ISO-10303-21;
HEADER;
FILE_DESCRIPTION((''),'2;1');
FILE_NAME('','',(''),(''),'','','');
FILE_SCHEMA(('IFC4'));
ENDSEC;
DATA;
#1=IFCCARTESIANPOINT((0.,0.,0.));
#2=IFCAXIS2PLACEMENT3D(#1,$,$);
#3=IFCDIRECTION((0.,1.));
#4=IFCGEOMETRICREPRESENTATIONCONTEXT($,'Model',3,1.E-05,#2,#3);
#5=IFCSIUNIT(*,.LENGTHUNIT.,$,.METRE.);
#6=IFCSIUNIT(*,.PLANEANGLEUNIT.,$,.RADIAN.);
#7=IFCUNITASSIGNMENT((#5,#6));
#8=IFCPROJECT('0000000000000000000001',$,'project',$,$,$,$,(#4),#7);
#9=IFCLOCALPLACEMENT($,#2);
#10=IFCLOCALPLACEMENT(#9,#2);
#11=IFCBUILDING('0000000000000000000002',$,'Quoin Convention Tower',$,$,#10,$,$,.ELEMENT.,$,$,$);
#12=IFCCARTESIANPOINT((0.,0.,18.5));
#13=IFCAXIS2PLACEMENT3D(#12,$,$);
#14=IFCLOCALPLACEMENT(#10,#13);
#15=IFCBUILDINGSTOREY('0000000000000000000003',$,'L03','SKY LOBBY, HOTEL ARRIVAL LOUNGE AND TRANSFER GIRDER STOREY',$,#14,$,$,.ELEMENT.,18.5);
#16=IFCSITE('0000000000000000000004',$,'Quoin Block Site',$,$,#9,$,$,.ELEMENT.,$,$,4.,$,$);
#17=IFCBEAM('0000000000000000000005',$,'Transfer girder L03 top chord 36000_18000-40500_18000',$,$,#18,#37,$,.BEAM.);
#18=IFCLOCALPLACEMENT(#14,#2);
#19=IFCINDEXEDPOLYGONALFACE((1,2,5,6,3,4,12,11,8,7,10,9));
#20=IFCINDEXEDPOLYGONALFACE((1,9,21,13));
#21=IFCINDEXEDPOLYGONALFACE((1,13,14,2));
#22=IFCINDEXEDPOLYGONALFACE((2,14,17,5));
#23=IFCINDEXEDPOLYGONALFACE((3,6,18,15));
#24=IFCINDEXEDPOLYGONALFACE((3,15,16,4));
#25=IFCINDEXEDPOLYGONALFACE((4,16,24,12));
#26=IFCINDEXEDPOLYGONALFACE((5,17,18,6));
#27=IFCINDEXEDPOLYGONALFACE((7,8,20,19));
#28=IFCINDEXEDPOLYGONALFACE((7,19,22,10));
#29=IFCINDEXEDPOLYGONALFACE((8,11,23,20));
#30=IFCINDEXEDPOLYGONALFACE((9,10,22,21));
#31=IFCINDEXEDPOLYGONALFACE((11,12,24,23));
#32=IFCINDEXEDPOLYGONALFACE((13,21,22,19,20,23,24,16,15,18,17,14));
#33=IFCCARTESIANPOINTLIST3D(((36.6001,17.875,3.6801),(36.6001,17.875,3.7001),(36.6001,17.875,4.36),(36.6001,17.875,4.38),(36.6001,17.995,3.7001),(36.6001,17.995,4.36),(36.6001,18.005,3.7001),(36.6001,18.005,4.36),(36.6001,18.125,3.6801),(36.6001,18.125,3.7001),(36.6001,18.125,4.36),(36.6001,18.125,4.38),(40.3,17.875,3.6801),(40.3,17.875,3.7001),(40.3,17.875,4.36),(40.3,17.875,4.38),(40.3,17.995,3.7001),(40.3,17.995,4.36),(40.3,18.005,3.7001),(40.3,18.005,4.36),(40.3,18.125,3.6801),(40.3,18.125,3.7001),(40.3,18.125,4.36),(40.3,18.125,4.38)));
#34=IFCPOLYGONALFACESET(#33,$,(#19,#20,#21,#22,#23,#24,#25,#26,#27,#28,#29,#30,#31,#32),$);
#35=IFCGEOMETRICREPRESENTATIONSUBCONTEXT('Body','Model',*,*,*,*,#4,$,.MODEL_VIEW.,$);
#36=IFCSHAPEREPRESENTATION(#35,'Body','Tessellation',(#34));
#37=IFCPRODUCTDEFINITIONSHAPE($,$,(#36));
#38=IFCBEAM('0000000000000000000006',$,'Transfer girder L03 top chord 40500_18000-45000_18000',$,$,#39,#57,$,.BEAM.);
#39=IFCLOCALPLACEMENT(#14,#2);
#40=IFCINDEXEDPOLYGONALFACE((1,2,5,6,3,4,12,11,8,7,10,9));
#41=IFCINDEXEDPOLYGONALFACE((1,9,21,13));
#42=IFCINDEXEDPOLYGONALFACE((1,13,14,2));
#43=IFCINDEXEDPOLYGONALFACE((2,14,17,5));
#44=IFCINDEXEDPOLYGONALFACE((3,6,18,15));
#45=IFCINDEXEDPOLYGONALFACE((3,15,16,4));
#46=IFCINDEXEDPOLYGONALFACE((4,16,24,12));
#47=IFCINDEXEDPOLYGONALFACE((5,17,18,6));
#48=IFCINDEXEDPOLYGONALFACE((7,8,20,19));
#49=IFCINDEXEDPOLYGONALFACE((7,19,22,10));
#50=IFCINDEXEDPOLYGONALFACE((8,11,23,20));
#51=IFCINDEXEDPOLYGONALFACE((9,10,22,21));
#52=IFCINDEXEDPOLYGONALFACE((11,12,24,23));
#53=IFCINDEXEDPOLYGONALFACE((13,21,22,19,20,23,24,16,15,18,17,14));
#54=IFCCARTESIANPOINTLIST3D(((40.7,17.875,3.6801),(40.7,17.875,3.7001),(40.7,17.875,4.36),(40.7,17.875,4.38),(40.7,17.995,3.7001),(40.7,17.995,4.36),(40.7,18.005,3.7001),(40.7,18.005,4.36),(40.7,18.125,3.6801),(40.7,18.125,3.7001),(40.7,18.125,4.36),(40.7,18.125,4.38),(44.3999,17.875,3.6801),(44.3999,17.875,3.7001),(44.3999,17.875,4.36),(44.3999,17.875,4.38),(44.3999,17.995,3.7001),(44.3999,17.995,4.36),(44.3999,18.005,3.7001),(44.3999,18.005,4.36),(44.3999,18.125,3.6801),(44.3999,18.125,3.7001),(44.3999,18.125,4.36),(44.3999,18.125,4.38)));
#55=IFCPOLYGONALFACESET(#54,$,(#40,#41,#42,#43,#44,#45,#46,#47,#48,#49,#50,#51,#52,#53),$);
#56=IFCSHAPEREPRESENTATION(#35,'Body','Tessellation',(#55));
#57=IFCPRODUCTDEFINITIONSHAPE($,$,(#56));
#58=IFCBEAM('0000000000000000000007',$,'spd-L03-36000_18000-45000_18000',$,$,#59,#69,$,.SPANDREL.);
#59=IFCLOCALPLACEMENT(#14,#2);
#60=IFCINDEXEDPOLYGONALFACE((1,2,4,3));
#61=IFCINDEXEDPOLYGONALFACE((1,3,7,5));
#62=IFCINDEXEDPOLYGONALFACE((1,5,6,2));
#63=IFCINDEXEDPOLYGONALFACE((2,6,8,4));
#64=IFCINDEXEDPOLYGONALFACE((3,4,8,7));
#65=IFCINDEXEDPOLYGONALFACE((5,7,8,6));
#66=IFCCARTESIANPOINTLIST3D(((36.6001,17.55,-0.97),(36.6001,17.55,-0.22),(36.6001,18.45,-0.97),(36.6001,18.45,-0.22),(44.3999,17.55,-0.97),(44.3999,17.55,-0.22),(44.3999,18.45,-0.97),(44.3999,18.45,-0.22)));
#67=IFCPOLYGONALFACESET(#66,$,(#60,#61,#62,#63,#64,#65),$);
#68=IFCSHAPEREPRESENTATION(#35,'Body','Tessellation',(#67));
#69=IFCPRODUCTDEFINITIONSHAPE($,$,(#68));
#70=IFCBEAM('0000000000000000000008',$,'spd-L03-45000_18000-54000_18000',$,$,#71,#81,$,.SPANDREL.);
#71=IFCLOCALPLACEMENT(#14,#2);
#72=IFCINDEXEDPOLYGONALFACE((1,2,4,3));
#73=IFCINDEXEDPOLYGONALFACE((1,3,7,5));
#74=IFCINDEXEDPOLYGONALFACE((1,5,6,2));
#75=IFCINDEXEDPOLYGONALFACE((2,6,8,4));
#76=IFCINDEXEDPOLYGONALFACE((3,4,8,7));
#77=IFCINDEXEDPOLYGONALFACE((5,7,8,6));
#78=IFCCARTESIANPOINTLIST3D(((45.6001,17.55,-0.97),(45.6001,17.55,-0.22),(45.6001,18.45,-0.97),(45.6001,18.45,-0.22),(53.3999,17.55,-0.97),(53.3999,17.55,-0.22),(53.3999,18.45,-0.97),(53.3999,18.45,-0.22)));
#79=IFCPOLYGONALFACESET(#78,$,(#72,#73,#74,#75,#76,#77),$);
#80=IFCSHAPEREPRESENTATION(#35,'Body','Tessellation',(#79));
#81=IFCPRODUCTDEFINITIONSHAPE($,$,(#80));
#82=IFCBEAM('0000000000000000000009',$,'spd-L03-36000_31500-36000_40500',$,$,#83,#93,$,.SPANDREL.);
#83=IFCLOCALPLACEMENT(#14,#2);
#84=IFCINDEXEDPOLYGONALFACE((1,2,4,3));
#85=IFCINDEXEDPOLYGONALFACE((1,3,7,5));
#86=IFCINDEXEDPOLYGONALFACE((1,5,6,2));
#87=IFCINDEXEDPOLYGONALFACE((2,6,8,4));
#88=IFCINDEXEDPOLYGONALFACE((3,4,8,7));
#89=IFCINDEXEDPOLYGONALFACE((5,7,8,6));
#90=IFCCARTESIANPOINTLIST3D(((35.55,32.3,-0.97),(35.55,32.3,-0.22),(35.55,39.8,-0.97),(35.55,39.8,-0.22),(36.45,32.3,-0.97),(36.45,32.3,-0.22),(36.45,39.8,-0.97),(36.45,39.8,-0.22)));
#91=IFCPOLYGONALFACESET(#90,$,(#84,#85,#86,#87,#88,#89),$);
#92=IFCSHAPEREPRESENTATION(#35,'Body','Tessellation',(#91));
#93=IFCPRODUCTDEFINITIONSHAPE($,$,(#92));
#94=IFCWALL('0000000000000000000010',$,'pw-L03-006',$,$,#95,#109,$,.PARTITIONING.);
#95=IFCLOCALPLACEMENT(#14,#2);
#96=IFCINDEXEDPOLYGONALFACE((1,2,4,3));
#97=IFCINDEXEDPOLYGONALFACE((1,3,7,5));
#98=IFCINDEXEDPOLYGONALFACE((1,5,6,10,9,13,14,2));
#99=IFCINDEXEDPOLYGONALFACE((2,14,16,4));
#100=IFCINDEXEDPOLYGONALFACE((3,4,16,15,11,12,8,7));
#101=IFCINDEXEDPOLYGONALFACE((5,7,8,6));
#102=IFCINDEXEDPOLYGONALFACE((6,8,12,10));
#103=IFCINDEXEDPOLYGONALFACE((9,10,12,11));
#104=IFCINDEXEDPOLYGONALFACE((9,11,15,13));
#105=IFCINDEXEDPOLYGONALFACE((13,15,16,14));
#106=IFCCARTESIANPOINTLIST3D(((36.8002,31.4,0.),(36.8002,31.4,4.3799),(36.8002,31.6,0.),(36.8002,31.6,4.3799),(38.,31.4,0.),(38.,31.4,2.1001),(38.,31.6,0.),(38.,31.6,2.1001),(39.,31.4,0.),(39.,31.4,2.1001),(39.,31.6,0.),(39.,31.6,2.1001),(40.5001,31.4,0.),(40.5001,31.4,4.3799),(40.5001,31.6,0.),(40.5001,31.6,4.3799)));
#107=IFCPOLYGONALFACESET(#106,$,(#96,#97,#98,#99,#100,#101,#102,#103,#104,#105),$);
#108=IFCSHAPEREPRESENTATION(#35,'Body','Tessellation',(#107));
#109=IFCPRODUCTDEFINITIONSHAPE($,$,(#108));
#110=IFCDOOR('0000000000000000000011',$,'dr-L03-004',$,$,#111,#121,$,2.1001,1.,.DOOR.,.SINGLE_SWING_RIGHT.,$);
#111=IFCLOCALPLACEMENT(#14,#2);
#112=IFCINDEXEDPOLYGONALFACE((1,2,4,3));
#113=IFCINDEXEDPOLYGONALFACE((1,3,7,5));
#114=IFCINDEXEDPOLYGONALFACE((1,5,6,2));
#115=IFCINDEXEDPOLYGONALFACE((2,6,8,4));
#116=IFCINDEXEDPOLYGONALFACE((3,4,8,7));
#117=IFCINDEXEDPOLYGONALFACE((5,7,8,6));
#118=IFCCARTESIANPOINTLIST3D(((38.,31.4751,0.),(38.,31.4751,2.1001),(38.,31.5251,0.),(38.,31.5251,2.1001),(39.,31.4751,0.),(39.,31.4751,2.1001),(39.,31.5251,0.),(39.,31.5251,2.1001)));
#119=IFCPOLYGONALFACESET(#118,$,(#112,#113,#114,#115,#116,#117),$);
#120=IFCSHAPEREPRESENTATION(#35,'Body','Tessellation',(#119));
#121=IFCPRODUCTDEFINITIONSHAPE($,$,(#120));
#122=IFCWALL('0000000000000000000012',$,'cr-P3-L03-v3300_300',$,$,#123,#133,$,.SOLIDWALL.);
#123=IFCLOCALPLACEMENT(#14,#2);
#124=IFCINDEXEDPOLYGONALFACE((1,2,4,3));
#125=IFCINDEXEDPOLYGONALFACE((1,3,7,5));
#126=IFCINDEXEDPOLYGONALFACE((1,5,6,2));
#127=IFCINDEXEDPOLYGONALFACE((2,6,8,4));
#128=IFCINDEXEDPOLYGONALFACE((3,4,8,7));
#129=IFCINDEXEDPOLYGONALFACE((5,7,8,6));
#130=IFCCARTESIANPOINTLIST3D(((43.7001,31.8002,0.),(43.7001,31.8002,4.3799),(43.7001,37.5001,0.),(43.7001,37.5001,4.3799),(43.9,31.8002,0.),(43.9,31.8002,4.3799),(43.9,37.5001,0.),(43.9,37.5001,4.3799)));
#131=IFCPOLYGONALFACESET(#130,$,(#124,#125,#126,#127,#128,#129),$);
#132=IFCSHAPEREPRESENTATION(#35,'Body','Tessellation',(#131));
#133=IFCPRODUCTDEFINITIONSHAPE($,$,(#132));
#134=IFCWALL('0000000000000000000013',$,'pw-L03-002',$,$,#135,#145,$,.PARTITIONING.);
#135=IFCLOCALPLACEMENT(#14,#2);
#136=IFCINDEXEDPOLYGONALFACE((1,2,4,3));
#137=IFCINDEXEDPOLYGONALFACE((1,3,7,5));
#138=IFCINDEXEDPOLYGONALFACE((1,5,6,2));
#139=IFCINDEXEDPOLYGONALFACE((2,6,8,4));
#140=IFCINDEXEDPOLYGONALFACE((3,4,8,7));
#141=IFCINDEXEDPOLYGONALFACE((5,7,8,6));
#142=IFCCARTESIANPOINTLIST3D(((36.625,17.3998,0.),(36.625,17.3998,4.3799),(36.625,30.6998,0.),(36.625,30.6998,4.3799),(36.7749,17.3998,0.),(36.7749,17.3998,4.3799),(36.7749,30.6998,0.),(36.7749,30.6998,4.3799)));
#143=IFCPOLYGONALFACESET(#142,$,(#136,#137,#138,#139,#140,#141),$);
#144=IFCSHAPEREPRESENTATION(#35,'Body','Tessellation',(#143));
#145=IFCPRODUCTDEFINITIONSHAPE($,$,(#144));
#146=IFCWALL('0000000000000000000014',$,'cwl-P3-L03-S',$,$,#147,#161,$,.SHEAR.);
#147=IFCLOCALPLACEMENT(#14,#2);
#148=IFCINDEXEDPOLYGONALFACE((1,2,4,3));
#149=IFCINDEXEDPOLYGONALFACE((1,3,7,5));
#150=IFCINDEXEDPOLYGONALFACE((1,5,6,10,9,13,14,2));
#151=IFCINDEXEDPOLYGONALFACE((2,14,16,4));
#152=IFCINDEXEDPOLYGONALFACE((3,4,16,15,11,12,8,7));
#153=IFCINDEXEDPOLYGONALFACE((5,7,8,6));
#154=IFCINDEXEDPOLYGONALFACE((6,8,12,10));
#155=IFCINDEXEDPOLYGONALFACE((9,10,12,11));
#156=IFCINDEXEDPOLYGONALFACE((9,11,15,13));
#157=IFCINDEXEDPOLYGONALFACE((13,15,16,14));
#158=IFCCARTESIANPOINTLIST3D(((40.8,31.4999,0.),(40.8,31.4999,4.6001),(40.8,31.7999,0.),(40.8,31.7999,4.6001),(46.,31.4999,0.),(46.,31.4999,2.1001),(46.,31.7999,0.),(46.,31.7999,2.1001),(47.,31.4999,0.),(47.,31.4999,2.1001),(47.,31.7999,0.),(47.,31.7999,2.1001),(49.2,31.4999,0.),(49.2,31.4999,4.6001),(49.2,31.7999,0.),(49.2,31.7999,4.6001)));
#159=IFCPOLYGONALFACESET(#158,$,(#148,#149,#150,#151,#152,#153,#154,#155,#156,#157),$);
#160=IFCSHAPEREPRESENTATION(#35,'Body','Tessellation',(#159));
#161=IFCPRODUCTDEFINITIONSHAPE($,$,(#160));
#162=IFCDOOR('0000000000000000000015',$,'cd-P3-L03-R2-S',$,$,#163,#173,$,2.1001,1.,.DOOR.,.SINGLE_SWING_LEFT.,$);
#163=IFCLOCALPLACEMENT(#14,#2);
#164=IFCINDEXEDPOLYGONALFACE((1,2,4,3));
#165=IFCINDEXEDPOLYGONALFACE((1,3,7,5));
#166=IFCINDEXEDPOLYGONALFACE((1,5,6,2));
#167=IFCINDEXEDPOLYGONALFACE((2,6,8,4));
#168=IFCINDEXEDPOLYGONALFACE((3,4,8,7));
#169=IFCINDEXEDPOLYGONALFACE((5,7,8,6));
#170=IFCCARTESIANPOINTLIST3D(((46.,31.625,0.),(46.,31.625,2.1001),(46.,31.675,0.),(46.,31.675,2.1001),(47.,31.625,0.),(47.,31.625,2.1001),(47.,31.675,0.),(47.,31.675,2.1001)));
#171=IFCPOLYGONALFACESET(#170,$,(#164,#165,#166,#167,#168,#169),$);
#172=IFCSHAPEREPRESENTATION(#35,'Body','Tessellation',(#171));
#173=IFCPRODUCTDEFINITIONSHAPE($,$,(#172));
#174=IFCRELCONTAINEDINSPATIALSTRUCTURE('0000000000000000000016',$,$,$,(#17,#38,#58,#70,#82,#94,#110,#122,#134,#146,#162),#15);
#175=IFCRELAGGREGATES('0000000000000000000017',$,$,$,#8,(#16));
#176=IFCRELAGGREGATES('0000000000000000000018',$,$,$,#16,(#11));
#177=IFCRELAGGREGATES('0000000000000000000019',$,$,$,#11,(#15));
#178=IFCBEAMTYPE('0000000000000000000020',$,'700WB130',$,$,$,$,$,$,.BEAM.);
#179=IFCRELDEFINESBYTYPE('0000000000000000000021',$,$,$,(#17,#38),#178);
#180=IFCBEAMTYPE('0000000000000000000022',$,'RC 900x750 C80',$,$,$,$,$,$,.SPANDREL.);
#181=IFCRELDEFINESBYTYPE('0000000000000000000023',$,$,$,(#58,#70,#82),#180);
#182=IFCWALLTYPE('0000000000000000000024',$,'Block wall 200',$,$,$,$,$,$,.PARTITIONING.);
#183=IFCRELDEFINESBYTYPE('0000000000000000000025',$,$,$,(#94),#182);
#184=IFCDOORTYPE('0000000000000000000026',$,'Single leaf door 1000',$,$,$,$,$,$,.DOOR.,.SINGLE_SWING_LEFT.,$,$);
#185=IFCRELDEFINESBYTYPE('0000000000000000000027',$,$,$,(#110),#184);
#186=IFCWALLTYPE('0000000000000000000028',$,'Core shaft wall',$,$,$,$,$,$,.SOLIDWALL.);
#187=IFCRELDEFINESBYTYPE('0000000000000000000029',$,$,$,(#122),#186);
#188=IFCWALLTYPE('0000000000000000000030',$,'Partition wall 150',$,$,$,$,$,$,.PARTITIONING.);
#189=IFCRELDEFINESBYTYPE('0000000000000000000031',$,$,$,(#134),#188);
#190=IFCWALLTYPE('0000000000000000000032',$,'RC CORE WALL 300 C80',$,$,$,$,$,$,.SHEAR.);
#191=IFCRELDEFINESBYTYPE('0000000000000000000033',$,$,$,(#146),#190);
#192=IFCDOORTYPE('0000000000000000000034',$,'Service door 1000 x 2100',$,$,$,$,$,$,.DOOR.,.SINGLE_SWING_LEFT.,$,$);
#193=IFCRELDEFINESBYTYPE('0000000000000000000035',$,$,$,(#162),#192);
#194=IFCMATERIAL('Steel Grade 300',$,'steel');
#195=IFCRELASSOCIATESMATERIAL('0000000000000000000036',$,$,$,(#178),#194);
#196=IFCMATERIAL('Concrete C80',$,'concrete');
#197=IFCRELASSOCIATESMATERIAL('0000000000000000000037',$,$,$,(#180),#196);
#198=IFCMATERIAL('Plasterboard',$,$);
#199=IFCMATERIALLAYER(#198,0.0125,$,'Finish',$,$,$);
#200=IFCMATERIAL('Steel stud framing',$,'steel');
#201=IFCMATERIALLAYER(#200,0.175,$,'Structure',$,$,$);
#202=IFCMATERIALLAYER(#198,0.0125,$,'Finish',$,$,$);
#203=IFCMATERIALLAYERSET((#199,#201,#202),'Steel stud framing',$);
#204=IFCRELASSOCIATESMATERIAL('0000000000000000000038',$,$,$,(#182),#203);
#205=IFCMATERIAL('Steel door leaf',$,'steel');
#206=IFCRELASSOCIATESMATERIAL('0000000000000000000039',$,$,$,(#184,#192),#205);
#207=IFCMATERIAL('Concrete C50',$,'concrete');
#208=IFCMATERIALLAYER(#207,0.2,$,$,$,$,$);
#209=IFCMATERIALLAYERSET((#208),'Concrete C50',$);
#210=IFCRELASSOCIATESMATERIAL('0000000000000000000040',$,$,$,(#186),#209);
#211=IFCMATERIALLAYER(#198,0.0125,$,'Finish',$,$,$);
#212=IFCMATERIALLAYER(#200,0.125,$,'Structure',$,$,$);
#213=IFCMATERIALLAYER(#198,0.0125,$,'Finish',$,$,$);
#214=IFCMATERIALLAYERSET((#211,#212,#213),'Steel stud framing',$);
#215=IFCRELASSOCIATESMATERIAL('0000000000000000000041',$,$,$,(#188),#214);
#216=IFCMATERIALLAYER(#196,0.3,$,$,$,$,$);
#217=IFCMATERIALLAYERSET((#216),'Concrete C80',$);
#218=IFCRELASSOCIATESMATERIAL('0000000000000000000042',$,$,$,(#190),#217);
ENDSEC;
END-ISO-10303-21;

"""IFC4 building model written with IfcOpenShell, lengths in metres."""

from ifc_helpers import new_model, si_unit, direction, frame, frame_2d, origin, origin_2d, place, context, subcontext, project, spatial, rectangle, i_section, extrude, material, layer, layer_set, material_profile, profile_set, type_object, element, fill, save


model = new_model("IFC4")

# Units and contexts
model_context = context("Model", 3, precision=1e-05, world=origin(), true_north=direction((0.0, 1.0)))
body_context = subcontext(model_context, "Body", "Model", "MODEL_VIEW")
ifc_project = project(units=[si_unit("LENGTHUNIT", "METRE"), si_unit("PLANEANGLEUNIT", "RADIAN")], contexts=[model_context])

# Site, building, storey
site_placement = place(None, origin())
site = spatial("IfcSite", under=ifc_project, at=site_placement, Name="Quoin Block Site", CompositionType="ELEMENT", RefElevation=4.0)
building_placement = place(site_placement, origin())
building = spatial("IfcBuilding", under=site, at=building_placement, Name="Quoin Convention Tower", CompositionType="ELEMENT")
storey_placement = place(building_placement, frame((0.0, 0.0, 18.5)))
storey = spatial("IfcBuildingStorey", under=building, at=storey_placement, Name="L03", Description="SKY LOBBY, HOTEL ARRIVAL LOUNGE AND TRANSFER GIRDER STOREY", CompositionType="ELEMENT", Elevation=18.5)

# Shared definitions
ifc_material_1 = material(Name="Concrete C80", Category="concrete")

# Shared definitions
ifc_material_2 = material(Name="Steel Grade 300", Category="steel")

# Beams
ifc_material_profile_1 = material_profile(ifc_material_2, i_section(OverallWidth=0.25, OverallDepth=0.7, WebThickness=0.01, FlangeThickness=0.02, at=origin_2d()), Name="700WB130")
ifc_profile_set_1 = profile_set([ifc_material_profile_1], Name="Steel Grade 300")
beam_type_1 = type_object("IfcBeamType", Name="700WB130", PredefinedType="BEAM", material=ifc_profile_set_1)
for number, where, z_axis, x_axis, name in (
    (1, (36.6001, 18.0, 4.03), (1.0, 0.0, 0.0), (0.0, 1.0, 0.0), "Transfer girder L03 top chord 36000_18000-40500_18000"),
    (2, (40.7, 18.0, 4.03), (1.0, 0.0, 0.0), (0.0, 1.0, 0.0), "Transfer girder L03 top chord 40500_18000-45000_18000"),
):
    element("IfcBeam", number, at=place(storey_placement, frame(where, z_axis=z_axis, x_axis=x_axis)), inside=storey, type_object=beam_type_1, Name=name, PredefinedType="BEAM", context=body_context, shape_type="SweptSolid", body=[
        extrude(i_section(OverallWidth=0.25, OverallDepth=0.7, WebThickness=0.01, FlangeThickness=0.02, at=origin_2d()), origin(), (0.0, 0.0, 1.0), 3.7),
    ])
ifc_material_profile_2 = material_profile(ifc_material_1, rectangle(XDim=0.8999, YDim=0.75, at=origin_2d()), Name="RC 900x750")
ifc_profile_set_2 = profile_set([ifc_material_profile_2], Name="Concrete C80")
beam_type_2 = type_object("IfcBeamType", Name="RC 900x750 C80", PredefinedType="SPANDREL", material=ifc_profile_set_2)
for number, where, z_axis, x_axis, name in (
    (3, (36.6001, 18.0, -0.595), (1.0, 0.0, 0.0), (0.0, 1.0, 0.0), "spd-L03-36000_18000-45000_18000"),
    (4, (45.6001, 18.0, -0.595), (1.0, 0.0, 0.0), (0.0, 1.0, 0.0), "spd-L03-45000_18000-54000_18000"),
):
    element("IfcBeam", number, at=place(storey_placement, frame(where, z_axis=z_axis, x_axis=x_axis)), inside=storey, type_object=beam_type_2, Name=name, PredefinedType="SPANDREL", context=body_context, shape_type="SweptSolid", body=[
        extrude(rectangle(XDim=0.8999, YDim=0.75, at=origin_2d()), origin(), (0.0, 0.0, 1.0), 7.7998),
    ])
beam_1_placement = place(storey_placement, frame((36.0, 32.3, -0.595), z_axis=(0.0, 1.0, 0.0), x_axis=(-1.0, 0.0, 0.0)))
element("IfcBeam", 5, at=beam_1_placement, inside=storey, type_object=beam_type_2, Name="spd-L03-36000_31500-36000_40500", PredefinedType="SPANDREL", context=body_context, shape_type="SweptSolid", body=[
    extrude(rectangle(XDim=0.8999, YDim=0.75, at=origin_2d()), origin(), (0.0, 0.0, 1.0), 7.5),
])

# Wall, opening, door
ifc_material_3 = material(Name="Plasterboard")
ifc_layer_1 = layer(ifc_material_3, 0.0125, Name="Finish")
ifc_material_4 = material(Name="Steel stud framing", Category="steel")
ifc_layer_2 = layer(ifc_material_4, 0.175, Name="Structure")
ifc_layer_3 = layer(ifc_material_3, 0.0125, Name="Finish")
ifc_layer_set_1 = layer_set([ifc_layer_1, ifc_layer_2, ifc_layer_3], Name="Steel stud framing")
wall_type_1 = type_object("IfcWallType", Name="Block wall 200", PredefinedType="PARTITIONING", material=ifc_layer_set_1)
wall_1_placement = place(storey_placement, frame((36.8, 31.5, 0.0), z_axis=(0.0, 0.0, 1.0), x_axis=(1.0, 0.0, 0.0)))
wall_1 = element("IfcWall", 6, at=wall_1_placement, inside=storey, type_object=wall_type_1, Name="pw-L03-006", PredefinedType="PARTITIONING", context=body_context, shape_type="SweptSolid", body=[
    extrude(rectangle(XDim=3.7, YDim=0.2, at=frame_2d((1.8501, 0.0))), origin(), (0.0, 0.0, 1.0), 4.3799),
])
opening_1_placement = place(wall_1_placement, frame((1.2, 0.0, 0.0)))
opening_1 = element("IfcOpeningElement", 7, at=opening_1_placement, cuts=wall_1, PredefinedType="OPENING", context=body_context, shape_type="SweptSolid", body=[
    extrude(rectangle(XDim=1.0, YDim=2.1001, at=frame_2d((0.5, 1.05))), frame((0.0, 0.1099, 0.0), z_axis=(0.0, -1.0, 0.0), x_axis=(1.0, 0.0, 0.0)), (0.0, 0.0, 1.0), 0.22),
])
ifc_material_5 = material(Name="Steel door leaf", Category="steel")
door_type_1 = type_object("IfcDoorType", Name="Single leaf door 1000", OperationType="SINGLE_SWING_LEFT", PredefinedType="DOOR", material=ifc_material_5)
door_1_placement = place(opening_1_placement, frame((1.0, 0.0, 0.0), z_axis=(0.0, 0.0, 1.0), x_axis=(-1.0, 0.0, 0.0)))
door_1 = element("IfcDoor", 8, at=door_1_placement, inside=storey, type_object=door_type_1, Name="dr-L03-004", OperationType="SINGLE_SWING_RIGHT", OverallHeight=2.1001, OverallWidth=1.0, PredefinedType="DOOR", context=body_context, shape_type="SweptSolid", body=[
    extrude(rectangle(XDim=1.0, YDim=2.1001, at=frame_2d((0.5, 1.05))), frame((0.0, 0.0249, 0.0), z_axis=(0.0, -1.0, 0.0), x_axis=(1.0, 0.0, 0.0)), (0.0, 0.0, 1.0), 0.05),
])
fill(opening_1, door_1)

# Walls
ifc_material_6 = material(Name="Concrete C50", Category="concrete")
ifc_layer_4 = layer(ifc_material_6, 0.2)
ifc_layer_set_2 = layer_set([ifc_layer_4], Name="Concrete C50")
wall_type_2 = type_object("IfcWallType", Name="Core shaft wall", PredefinedType="SOLIDWALL", material=ifc_layer_set_2)
wall_2_placement = place(storey_placement, frame((43.8, 31.8, 0.0), z_axis=(0.0, 0.0, 1.0), x_axis=(0.0, 1.0, 0.0)))
element("IfcWall", 9, at=wall_2_placement, inside=storey, type_object=wall_type_2, Name="cr-P3-L03-v3300_300", PredefinedType="SOLIDWALL", context=body_context, shape_type="SweptSolid", body=[
    extrude(rectangle(XDim=5.7, YDim=0.2, at=frame_2d((2.8501, 0.0))), origin(), (0.0, 0.0, 1.0), 4.3799),
])
ifc_layer_5 = layer(ifc_material_3, 0.0125, Name="Finish")
ifc_layer_6 = layer(ifc_material_4, 0.125, Name="Structure")
ifc_layer_7 = layer(ifc_material_3, 0.0125, Name="Finish")
ifc_layer_set_3 = layer_set([ifc_layer_5, ifc_layer_6, ifc_layer_7], Name="Steel stud framing")
wall_type_3 = type_object("IfcWallType", Name="Partition wall 150", PredefinedType="PARTITIONING", material=ifc_layer_set_3)
wall_3_placement = place(storey_placement, frame((36.7, 17.3999, 0.0), z_axis=(0.0, 0.0, 1.0), x_axis=(0.0, 1.0, 0.0)))
element("IfcWall", 10, at=wall_3_placement, inside=storey, type_object=wall_type_3, Name="pw-L03-002", PredefinedType="PARTITIONING", context=body_context, shape_type="SweptSolid", body=[
    extrude(rectangle(XDim=13.3, YDim=0.1499, at=frame_2d((6.6499, 0.0))), origin(), (0.0, 0.0, 1.0), 4.3799),
])

# Wall, opening, door
ifc_layer_8 = layer(ifc_material_1, 0.3)
ifc_layer_set_4 = layer_set([ifc_layer_8], Name="Concrete C80")
wall_type_4 = type_object("IfcWallType", Name="RC CORE WALL 300 C80", PredefinedType="SHEAR", material=ifc_layer_set_4)
wall_4_placement = place(storey_placement, frame((40.8, 31.6499, 0.0), z_axis=(0.0, 0.0, 1.0), x_axis=(1.0, 0.0, 0.0)))
wall_4 = element("IfcWall", 11, at=wall_4_placement, inside=storey, type_object=wall_type_4, Name="cwl-P3-L03-S", PredefinedType="SHEAR", context=body_context, shape_type="SweptSolid", body=[
    extrude(rectangle(XDim=8.3999, YDim=0.3, at=frame_2d((4.2, 0.0))), origin(), (0.0, 0.0, 1.0), 4.6001),
])
opening_2_placement = place(wall_4_placement, frame((5.2, 0.0, 0.0)))
opening_2 = element("IfcOpeningElement", 12, at=opening_2_placement, cuts=wall_4, PredefinedType="OPENING", context=body_context, shape_type="SweptSolid", body=[
    extrude(rectangle(XDim=1.0, YDim=2.1001, at=frame_2d((0.5, 1.05))), frame((0.0, 0.1599, 0.0), z_axis=(0.0, -1.0, 0.0), x_axis=(1.0, 0.0, 0.0)), (0.0, 0.0, 1.0), 0.3201),
])
door_type_2 = type_object("IfcDoorType", Name="Service door 1000 x 2100", OperationType="SINGLE_SWING_LEFT", PredefinedType="DOOR", material=ifc_material_5)
door_2_placement = place(opening_2_placement, frame((1.0, 0.0, 0.0), z_axis=(0.0, 0.0, 1.0), x_axis=(-1.0, 0.0, 0.0)))
door_2 = element("IfcDoor", 13, at=door_2_placement, inside=storey, type_object=door_type_2, Name="cd-P3-L03-R2-S", OperationType="SINGLE_SWING_LEFT", OverallHeight=2.1001, OverallWidth=1.0, PredefinedType="DOOR", context=body_context, shape_type="SweptSolid", body=[
    extrude(rectangle(XDim=1.0, YDim=2.1001, at=frame_2d((0.5, 1.05))), frame((0.0, 0.0249, 0.0), z_axis=(0.0, -1.0, 0.0), x_axis=(1.0, 0.0, 0.0)), (0.0, 0.0, 1.0), 0.05),
])
fill(opening_2, door_2)

save(model, "model.ifc")
